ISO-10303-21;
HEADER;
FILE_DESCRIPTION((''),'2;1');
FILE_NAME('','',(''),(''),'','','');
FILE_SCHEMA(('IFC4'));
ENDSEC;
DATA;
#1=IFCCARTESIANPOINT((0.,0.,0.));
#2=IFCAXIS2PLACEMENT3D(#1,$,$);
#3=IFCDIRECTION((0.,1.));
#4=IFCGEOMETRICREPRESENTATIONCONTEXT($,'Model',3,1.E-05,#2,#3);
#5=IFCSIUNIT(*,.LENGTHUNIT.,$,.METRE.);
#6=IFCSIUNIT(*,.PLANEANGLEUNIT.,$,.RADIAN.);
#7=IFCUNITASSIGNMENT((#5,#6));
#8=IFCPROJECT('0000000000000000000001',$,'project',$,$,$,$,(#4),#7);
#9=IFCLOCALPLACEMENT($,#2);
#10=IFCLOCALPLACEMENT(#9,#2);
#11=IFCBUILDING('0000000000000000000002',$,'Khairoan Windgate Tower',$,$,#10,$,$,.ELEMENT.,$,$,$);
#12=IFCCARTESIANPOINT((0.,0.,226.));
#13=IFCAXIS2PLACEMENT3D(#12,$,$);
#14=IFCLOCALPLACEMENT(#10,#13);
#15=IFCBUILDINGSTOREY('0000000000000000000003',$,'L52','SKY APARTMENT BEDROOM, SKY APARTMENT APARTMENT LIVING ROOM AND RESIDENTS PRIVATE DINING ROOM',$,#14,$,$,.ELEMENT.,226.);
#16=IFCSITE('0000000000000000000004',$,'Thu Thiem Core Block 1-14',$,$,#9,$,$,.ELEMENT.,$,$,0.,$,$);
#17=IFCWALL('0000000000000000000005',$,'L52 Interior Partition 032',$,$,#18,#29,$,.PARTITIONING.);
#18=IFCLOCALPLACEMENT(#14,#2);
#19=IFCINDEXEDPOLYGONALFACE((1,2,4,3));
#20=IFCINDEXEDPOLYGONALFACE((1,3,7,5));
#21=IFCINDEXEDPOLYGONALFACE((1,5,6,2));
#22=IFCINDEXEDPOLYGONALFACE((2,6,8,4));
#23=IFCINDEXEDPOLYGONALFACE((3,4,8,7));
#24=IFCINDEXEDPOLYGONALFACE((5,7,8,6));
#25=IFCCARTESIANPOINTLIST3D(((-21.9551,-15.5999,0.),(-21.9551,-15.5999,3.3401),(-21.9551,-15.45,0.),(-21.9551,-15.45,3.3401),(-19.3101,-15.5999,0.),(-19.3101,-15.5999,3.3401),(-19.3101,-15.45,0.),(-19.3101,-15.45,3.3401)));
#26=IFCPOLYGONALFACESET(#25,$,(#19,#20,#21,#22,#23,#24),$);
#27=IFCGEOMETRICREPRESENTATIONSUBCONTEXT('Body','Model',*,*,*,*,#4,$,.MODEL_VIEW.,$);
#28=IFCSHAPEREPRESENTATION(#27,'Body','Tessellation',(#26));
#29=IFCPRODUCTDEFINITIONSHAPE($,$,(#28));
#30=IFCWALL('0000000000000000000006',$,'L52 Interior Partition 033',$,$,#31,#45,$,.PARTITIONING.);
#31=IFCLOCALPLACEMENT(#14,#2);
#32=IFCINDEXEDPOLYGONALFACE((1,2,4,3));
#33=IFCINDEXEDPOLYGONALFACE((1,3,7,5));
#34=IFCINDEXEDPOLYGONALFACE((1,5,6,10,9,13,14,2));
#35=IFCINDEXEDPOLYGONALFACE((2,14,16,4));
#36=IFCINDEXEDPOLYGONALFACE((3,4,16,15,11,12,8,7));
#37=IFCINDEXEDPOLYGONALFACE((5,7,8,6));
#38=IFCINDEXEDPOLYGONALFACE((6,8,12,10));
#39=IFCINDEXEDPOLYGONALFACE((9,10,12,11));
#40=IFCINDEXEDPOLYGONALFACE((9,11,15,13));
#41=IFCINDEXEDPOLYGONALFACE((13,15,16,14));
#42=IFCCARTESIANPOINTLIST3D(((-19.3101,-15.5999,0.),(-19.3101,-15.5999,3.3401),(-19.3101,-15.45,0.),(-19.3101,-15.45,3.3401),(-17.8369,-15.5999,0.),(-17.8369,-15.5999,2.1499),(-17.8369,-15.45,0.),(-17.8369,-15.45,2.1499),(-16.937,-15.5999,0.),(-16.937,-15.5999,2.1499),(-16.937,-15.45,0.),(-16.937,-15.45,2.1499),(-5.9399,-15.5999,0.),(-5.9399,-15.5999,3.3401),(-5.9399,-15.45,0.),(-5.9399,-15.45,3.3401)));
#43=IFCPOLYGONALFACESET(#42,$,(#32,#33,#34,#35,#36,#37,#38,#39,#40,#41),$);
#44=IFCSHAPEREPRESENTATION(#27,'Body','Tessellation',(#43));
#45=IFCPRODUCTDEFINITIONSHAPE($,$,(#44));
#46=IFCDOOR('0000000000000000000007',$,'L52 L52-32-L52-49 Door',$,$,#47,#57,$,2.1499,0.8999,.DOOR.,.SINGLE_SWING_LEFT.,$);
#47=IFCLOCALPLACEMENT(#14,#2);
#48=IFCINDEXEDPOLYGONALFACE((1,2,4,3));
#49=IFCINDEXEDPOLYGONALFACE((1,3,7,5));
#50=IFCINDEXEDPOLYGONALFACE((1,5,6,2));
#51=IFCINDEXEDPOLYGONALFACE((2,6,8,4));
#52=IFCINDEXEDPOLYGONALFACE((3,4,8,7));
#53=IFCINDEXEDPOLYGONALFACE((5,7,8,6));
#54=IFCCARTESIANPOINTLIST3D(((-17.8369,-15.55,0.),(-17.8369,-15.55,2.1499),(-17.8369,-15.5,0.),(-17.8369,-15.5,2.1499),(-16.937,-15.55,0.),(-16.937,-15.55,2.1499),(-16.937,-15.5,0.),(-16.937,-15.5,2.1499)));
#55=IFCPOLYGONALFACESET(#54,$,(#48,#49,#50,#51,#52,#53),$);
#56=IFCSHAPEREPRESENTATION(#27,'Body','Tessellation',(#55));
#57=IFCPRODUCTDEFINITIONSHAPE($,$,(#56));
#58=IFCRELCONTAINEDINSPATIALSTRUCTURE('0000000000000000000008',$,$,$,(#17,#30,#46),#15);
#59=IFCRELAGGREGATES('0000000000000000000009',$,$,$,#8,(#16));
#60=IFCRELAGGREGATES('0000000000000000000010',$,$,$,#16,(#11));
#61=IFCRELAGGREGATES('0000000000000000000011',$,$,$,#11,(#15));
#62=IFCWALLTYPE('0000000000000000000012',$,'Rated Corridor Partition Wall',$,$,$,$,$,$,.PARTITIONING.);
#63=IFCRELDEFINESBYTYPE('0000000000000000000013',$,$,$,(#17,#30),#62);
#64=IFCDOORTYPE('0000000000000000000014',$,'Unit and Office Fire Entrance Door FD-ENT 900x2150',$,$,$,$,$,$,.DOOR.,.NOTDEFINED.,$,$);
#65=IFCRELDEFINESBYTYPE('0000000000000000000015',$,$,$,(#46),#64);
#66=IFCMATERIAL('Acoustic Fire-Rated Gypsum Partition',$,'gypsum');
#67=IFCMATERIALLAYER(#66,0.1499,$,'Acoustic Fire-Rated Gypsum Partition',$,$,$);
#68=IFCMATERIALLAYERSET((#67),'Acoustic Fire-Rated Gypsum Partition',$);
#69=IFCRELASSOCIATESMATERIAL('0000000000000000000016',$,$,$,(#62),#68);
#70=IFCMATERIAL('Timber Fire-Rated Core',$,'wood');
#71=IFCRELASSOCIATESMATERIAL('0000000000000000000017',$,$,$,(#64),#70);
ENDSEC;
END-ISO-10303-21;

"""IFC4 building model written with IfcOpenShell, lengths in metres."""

from ifc_helpers import new_model, si_unit, direction, frame, frame_2d, origin, place, context, subcontext, project, spatial, rectangle, extrude, material, layer, layer_set, type_object, element, fill, save


model = new_model("IFC4")

# Units and contexts
model_context = context("Model", 3, precision=1e-05, world=origin(), true_north=direction((0.0, 1.0)))
body_context = subcontext(model_context, "Body", "Model", "MODEL_VIEW")
ifc_project = project(units=[si_unit("LENGTHUNIT", "METRE"), si_unit("PLANEANGLEUNIT", "RADIAN")], contexts=[model_context])

# Site, building, storey
site_placement = place(None, origin())
site = spatial("IfcSite", under=ifc_project, at=site_placement, Name="Thu Thiem Core Block 1-14", CompositionType="ELEMENT", RefElevation=0.0)
building_placement = place(site_placement, origin())
building = spatial("IfcBuilding", under=site, at=building_placement, Name="Khairoan Windgate Tower", CompositionType="ELEMENT")
storey_placement = place(building_placement, frame((0.0, 0.0, 226.0)))
storey = spatial("IfcBuildingStorey", under=building, at=storey_placement, Name="L52", Description="SKY APARTMENT BEDROOM, SKY APARTMENT APARTMENT LIVING ROOM AND RESIDENTS PRIVATE DINING ROOM", CompositionType="ELEMENT", Elevation=226.0)

# Wall
ifc_material_1 = material(Name="Acoustic Fire-Rated Gypsum Partition", Category="gypsum")
ifc_layer_1 = layer(ifc_material_1, 0.1499, Name="Acoustic Fire-Rated Gypsum Partition")
ifc_layer_set_1 = layer_set([ifc_layer_1], Name="Acoustic Fire-Rated Gypsum Partition")
wall_type_1 = type_object("IfcWallType", Name="Rated Corridor Partition Wall", PredefinedType="PARTITIONING", material=ifc_layer_set_1)
wall_1_placement = place(storey_placement, frame((-21.9551, -15.5249, 0.0), z_axis=(0.0, 0.0, 1.0), x_axis=(1.0, 0.0, 0.0)))
element("IfcWall", 1, at=wall_1_placement, inside=storey, type_object=wall_type_1, Name="L52 Interior Partition 032", PredefinedType="PARTITIONING", context=body_context, shape_type="SweptSolid", body=[
    extrude(rectangle(XDim=2.645, YDim=0.1499, at=frame_2d((1.3225, 0.0))), origin(), (0.0, 0.0, 1.0), 3.3401),
])

# Wall, opening, door
wall_2_placement = place(storey_placement, frame((-19.3101, -15.5249, 0.0), z_axis=(0.0, 0.0, 1.0), x_axis=(1.0, 0.0, 0.0)))
wall_2 = element("IfcWall", 2, at=wall_2_placement, inside=storey, type_object=wall_type_1, Name="L52 Interior Partition 033", PredefinedType="PARTITIONING", context=body_context, shape_type="SweptSolid", body=[
    extrude(rectangle(XDim=13.3701, YDim=0.1499, at=frame_2d((6.6851, 0.0))), origin(), (0.0, 0.0, 1.0), 3.3401),
])
opening_1_placement = place(wall_2_placement, frame((1.4731, 0.0, 0.0)))
opening_1 = element("IfcOpeningElement", 3, at=opening_1_placement, cuts=wall_2, PredefinedType="OPENING", context=body_context, shape_type="SweptSolid", body=[
    extrude(rectangle(XDim=0.8999, YDim=2.1499, at=frame_2d((0.45, 1.075))), frame((0.0, 0.085, 0.0), z_axis=(0.0, -1.0, 0.0), x_axis=(1.0, 0.0, 0.0)), (0.0, 0.0, 1.0), 0.1699),
])
ifc_material_2 = material(Name="Timber Fire-Rated Core", Category="wood")
door_type_1 = type_object("IfcDoorType", Name="Unit and Office Fire Entrance Door FD-ENT 900x2150", OperationType="NOTDEFINED", PredefinedType="DOOR", material=ifc_material_2)
door_1_placement = place(opening_1_placement, origin())
door_1 = element("IfcDoor", 4, at=door_1_placement, inside=storey, type_object=door_type_1, Name="L52 L52-32-L52-49 Door", OperationType="SINGLE_SWING_LEFT", OverallHeight=2.1499, OverallWidth=0.8999, PredefinedType="DOOR", context=body_context, shape_type="SweptSolid", body=[
    extrude(rectangle(XDim=0.8999, YDim=2.1499, at=frame_2d((0.45, 1.075))), frame((0.0, 0.0249, 0.0), z_axis=(0.0, -1.0, 0.0), x_axis=(1.0, 0.0, 0.0)), (0.0, 0.0, 1.0), 0.05),
])
fill(opening_1, door_1)

save(model, "model.ifc")
